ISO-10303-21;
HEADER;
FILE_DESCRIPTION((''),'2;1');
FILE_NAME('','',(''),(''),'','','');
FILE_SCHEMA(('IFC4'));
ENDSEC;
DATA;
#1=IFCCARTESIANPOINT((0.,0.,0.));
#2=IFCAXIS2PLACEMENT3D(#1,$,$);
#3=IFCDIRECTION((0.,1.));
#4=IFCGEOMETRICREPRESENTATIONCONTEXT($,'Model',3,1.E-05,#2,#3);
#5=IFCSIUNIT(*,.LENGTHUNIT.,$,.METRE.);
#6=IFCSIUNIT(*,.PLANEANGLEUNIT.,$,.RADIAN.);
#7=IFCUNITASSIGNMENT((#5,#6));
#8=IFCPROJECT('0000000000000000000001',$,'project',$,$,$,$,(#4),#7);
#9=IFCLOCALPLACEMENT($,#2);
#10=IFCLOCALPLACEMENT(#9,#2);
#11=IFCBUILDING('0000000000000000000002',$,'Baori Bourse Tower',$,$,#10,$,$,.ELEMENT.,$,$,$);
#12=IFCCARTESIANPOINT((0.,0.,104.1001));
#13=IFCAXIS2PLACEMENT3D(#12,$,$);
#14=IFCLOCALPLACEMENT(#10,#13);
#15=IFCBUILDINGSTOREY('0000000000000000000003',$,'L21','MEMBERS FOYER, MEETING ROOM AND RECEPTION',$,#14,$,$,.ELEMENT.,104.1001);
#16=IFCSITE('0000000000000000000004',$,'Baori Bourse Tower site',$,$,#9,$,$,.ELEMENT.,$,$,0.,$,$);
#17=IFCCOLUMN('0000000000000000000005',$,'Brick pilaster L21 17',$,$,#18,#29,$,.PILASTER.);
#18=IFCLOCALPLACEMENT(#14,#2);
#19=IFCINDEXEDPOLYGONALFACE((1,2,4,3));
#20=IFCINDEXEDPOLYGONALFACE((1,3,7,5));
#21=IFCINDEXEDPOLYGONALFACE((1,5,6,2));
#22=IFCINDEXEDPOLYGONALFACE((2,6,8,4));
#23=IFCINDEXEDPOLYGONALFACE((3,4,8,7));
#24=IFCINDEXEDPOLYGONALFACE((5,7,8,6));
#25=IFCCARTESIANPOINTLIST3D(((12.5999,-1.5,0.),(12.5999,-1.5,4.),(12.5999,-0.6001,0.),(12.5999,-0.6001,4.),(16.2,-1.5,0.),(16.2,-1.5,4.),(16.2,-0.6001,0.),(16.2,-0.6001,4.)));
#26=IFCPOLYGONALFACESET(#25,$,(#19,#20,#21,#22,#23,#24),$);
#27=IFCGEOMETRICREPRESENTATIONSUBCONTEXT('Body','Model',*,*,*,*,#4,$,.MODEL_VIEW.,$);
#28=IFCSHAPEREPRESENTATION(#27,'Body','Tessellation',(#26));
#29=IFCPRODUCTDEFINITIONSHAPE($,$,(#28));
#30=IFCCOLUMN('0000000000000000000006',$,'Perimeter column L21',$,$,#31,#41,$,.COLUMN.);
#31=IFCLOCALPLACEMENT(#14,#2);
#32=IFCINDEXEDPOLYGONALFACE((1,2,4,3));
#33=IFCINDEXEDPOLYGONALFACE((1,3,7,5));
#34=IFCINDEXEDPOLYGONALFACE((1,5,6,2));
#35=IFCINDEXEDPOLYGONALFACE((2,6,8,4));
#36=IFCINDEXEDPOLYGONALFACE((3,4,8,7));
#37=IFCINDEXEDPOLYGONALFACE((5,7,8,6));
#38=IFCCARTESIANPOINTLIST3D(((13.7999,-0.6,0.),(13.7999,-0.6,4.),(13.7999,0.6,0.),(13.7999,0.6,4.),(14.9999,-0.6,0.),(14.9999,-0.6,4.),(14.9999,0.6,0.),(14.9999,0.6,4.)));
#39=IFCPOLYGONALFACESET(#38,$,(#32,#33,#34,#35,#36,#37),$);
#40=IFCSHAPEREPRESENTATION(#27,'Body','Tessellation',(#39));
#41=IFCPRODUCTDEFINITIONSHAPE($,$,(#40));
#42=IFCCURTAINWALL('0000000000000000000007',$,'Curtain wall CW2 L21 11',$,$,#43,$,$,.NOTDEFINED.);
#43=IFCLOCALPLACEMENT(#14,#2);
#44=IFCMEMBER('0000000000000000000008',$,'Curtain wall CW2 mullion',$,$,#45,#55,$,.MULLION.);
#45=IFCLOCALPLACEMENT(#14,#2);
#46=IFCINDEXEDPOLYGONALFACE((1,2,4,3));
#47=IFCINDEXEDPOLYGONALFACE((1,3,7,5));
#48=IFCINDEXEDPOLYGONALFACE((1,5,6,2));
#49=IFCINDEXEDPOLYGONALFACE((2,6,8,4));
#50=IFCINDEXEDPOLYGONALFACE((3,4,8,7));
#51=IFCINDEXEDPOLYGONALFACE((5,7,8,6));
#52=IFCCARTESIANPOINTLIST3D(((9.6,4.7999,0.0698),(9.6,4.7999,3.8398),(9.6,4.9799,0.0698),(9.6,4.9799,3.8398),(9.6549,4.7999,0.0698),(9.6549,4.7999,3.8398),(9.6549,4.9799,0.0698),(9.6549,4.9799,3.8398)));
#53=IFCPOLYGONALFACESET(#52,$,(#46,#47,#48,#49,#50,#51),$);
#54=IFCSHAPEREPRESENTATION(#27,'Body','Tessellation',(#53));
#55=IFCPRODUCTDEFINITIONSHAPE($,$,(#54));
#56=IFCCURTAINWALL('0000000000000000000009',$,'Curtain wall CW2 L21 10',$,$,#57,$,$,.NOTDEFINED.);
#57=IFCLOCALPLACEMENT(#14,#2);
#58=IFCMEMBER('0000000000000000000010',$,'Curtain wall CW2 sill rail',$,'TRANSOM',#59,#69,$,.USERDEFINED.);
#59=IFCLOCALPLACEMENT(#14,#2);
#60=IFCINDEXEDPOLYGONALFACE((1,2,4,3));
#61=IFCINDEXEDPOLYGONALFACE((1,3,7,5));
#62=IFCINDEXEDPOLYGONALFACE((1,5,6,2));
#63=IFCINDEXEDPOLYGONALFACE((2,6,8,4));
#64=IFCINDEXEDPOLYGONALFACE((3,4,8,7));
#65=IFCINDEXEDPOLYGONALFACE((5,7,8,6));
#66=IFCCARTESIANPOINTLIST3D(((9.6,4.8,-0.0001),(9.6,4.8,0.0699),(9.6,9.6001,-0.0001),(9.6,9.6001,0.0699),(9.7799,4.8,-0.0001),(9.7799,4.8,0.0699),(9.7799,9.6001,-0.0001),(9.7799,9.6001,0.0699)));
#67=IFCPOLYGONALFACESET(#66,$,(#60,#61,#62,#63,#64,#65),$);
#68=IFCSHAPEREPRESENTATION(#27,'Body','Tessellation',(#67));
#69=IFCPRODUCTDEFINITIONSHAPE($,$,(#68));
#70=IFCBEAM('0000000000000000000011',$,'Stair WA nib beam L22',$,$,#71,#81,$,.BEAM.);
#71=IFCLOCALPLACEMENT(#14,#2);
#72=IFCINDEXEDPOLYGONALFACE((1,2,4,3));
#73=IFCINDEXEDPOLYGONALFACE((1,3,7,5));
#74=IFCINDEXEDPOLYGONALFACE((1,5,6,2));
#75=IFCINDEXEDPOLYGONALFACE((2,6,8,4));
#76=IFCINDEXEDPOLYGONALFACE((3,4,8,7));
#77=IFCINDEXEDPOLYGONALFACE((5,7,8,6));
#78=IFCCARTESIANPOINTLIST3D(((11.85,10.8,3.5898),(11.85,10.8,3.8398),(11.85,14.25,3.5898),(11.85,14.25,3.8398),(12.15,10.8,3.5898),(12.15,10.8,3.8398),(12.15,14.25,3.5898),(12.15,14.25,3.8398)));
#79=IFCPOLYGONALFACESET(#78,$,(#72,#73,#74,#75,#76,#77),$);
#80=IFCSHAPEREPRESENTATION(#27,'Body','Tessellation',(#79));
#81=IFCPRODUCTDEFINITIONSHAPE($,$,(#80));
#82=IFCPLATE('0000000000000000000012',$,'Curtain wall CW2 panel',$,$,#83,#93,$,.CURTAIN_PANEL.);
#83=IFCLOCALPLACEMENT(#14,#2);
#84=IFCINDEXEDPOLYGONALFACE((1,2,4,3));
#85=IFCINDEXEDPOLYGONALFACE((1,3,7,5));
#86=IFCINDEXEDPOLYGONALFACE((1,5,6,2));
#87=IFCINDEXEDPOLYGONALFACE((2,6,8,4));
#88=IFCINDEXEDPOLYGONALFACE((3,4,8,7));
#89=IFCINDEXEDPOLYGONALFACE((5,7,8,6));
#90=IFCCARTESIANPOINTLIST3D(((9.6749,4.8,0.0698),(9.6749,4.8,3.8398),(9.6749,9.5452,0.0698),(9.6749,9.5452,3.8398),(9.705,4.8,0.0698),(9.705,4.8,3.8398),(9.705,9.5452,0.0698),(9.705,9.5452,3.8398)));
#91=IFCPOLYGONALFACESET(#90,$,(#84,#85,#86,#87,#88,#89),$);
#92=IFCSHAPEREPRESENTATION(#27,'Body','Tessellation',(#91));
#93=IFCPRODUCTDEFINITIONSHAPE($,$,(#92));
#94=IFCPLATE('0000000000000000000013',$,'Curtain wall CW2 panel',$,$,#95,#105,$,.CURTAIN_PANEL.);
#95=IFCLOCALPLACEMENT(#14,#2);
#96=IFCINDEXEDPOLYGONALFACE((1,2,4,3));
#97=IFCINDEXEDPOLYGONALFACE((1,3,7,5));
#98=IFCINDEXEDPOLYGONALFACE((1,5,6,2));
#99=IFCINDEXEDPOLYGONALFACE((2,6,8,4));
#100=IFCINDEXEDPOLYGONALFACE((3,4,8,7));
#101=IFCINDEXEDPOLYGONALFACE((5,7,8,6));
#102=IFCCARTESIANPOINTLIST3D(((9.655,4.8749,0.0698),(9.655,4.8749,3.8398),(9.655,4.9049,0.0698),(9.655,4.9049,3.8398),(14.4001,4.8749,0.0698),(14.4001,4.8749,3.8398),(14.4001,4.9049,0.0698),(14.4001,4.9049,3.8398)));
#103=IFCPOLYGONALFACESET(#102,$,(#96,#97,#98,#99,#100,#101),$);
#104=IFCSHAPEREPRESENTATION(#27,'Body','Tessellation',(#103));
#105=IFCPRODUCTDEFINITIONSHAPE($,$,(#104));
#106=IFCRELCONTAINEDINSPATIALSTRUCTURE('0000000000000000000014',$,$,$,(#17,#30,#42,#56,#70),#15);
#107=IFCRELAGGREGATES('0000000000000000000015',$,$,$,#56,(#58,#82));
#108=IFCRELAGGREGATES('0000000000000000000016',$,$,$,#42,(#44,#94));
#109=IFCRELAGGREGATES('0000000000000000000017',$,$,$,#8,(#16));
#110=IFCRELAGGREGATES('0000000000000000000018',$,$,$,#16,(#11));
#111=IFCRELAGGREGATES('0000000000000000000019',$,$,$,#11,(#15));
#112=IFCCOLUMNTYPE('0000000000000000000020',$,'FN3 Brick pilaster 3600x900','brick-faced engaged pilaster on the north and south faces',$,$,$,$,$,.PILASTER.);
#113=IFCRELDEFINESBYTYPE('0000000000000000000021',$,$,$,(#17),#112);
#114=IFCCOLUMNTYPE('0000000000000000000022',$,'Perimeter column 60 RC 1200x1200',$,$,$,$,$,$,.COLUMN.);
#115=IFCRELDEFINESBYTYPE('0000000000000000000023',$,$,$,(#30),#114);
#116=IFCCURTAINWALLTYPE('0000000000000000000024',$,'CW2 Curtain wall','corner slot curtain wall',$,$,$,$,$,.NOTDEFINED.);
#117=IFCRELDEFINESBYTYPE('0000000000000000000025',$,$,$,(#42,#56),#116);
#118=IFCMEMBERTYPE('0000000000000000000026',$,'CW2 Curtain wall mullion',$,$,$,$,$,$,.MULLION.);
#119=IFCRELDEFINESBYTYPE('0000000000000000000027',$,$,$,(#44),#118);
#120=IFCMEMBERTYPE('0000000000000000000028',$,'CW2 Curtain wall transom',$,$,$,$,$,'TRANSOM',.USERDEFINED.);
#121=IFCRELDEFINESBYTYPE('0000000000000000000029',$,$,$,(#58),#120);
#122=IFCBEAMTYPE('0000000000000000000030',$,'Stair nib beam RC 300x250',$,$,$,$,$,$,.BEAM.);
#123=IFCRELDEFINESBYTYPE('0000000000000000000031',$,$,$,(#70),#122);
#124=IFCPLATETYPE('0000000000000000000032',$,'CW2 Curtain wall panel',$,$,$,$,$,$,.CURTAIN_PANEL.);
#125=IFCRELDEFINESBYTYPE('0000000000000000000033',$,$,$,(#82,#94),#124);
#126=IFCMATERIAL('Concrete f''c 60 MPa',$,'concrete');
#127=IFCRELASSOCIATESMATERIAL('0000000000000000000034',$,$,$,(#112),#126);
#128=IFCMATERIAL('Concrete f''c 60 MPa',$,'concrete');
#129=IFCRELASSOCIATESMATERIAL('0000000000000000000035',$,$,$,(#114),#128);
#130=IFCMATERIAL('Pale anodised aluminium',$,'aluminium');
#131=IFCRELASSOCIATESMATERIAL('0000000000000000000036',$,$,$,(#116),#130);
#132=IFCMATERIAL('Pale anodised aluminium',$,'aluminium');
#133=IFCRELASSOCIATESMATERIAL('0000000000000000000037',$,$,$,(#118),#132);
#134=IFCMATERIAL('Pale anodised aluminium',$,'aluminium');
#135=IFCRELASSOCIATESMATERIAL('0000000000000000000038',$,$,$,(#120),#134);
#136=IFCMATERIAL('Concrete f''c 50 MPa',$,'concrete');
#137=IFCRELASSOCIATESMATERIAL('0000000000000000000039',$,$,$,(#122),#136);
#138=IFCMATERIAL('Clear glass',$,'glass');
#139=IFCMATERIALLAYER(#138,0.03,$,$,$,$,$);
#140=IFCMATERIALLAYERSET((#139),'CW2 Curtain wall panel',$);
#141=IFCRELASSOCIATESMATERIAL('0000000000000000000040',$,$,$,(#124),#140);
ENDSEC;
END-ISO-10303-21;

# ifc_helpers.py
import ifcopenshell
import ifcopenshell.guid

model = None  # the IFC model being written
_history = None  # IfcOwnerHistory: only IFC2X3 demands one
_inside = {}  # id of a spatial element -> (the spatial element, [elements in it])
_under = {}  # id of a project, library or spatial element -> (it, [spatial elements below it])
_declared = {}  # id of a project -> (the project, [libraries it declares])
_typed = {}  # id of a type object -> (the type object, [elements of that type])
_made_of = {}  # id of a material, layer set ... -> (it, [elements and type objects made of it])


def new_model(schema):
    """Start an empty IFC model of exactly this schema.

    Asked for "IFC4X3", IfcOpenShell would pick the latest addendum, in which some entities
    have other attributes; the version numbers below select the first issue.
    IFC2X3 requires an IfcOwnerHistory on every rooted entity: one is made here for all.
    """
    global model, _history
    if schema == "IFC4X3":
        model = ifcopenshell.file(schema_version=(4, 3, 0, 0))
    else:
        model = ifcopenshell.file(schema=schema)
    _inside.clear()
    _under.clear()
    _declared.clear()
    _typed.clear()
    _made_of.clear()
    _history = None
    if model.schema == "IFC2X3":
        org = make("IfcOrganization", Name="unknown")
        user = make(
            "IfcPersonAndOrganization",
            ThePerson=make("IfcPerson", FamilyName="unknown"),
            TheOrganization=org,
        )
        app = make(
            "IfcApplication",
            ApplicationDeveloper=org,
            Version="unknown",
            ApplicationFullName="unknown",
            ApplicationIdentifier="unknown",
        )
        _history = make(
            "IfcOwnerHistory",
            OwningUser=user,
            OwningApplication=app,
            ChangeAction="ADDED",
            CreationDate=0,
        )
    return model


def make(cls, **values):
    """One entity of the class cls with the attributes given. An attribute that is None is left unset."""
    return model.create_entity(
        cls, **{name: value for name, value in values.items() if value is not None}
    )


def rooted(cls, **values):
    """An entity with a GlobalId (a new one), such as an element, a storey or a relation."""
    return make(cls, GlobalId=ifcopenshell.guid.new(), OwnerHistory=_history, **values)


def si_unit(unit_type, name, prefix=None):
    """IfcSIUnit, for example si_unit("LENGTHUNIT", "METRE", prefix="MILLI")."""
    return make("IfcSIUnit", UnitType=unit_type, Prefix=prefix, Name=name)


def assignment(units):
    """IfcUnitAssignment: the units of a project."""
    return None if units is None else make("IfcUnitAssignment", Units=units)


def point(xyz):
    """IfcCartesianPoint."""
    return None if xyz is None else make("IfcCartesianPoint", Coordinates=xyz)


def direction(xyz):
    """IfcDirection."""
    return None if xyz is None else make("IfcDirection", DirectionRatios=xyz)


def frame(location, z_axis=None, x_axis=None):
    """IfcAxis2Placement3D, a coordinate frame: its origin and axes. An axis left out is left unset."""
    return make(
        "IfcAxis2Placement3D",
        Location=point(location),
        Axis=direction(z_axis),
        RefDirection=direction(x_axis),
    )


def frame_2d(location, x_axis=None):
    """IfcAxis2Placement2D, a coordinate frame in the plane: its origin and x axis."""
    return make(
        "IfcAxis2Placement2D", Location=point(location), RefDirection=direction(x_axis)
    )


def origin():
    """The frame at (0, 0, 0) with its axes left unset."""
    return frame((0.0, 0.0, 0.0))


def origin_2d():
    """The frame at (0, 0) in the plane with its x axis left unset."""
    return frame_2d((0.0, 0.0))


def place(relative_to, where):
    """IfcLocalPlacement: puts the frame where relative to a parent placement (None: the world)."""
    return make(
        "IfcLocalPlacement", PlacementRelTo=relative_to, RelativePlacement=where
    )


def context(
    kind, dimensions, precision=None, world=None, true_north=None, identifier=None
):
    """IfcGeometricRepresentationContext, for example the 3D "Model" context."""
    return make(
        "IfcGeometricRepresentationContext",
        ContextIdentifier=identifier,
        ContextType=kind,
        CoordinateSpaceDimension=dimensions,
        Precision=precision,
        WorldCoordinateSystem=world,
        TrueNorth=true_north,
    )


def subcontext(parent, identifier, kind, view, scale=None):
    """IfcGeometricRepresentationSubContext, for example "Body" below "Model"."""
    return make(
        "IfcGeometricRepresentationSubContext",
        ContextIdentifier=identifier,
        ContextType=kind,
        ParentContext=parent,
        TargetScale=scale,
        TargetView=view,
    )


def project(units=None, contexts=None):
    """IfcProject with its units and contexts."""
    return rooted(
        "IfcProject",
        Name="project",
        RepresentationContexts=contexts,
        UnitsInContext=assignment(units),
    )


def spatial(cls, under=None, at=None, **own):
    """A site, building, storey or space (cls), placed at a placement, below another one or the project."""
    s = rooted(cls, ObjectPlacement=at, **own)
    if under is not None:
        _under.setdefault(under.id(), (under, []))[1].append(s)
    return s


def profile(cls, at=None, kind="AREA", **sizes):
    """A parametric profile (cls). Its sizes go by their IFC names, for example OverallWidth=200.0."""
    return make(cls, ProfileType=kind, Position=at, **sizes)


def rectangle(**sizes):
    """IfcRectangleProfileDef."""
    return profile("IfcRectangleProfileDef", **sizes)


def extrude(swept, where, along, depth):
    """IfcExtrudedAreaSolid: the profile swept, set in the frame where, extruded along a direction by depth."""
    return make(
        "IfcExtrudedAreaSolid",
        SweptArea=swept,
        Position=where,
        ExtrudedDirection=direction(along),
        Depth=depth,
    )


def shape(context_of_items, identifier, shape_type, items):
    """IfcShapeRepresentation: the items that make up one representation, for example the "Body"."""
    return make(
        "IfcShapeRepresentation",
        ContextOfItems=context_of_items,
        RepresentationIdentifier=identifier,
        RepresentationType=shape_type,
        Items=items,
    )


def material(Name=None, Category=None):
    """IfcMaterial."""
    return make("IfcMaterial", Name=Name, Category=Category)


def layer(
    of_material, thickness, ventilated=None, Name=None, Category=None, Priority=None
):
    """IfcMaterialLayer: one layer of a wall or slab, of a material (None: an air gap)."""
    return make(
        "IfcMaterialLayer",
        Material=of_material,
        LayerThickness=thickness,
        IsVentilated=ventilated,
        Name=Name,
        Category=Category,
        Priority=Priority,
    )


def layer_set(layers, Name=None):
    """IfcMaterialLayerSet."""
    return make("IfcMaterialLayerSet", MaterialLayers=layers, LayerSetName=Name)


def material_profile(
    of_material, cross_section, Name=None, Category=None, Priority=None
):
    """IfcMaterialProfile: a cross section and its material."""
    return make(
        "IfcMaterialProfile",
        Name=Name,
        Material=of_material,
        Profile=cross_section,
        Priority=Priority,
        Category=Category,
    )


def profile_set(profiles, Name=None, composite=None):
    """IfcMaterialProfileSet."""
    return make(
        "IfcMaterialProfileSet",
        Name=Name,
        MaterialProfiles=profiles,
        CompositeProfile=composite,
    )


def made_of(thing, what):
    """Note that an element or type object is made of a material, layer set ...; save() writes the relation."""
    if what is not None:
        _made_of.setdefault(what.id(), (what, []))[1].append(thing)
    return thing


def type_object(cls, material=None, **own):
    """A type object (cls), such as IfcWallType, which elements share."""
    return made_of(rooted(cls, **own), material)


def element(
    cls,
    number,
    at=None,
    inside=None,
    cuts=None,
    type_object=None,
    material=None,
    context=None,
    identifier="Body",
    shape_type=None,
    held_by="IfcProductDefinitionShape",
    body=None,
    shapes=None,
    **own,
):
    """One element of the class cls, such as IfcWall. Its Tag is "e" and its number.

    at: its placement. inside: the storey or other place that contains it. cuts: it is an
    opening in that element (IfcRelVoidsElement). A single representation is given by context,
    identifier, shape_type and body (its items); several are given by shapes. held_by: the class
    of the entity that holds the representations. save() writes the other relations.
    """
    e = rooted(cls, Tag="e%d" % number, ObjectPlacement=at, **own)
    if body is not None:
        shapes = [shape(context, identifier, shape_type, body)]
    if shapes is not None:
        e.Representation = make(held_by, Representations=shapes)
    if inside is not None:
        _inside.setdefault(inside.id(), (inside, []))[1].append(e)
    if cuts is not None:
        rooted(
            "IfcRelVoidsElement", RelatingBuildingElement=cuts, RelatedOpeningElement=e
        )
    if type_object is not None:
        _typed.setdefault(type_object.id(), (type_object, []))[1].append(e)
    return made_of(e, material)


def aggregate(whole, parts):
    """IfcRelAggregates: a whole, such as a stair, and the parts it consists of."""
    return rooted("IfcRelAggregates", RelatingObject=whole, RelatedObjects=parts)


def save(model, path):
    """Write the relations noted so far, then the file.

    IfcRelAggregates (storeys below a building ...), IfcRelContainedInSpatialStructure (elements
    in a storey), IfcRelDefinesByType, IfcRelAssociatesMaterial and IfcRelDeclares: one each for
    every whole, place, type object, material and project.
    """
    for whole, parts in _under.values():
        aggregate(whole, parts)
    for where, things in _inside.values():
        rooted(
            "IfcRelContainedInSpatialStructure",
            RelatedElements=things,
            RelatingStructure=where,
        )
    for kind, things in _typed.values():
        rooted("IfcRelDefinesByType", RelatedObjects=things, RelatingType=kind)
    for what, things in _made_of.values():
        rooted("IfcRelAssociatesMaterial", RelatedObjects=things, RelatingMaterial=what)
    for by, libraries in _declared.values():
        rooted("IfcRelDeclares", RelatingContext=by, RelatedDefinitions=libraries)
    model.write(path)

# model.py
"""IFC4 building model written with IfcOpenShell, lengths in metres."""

from ifc_helpers import new_model, si_unit, direction, frame, origin, origin_2d, place, context, subcontext, project, spatial, rectangle, extrude, material, layer, layer_set, material_profile, profile_set, type_object, element, aggregate, save


model = new_model("IFC4")

# Units and contexts
model_context = context("Model", 3, precision=1e-05, world=origin(), true_north=direction((0.0, 1.0)))
body_context = subcontext(model_context, "Body", "Model", "MODEL_VIEW")
ifc_project = project(units=[si_unit("LENGTHUNIT", "METRE"), si_unit("PLANEANGLEUNIT", "RADIAN")], contexts=[model_context])

# Site, building, storey
site_placement = place(None, origin())
site = spatial("IfcSite", under=ifc_project, at=site_placement, Name="Baori Bourse Tower site", CompositionType="ELEMENT", RefElevation=0.0)
building_placement = place(site_placement, origin())
building = spatial("IfcBuilding", under=site, at=building_placement, Name="Baori Bourse Tower", CompositionType="ELEMENT")
storey_placement = place(building_placement, frame((0.0, 0.0, 104.1001)))
storey = spatial("IfcBuildingStorey", under=building, at=storey_placement, Name="L21", Description="MEMBERS FOYER, MEETING ROOM AND RECEPTION", CompositionType="ELEMENT", Elevation=104.1001)

# Columns
ifc_material_1 = material(Name="Concrete f'c 60 MPa", Category="concrete")
ifc_material_profile_1 = material_profile(ifc_material_1, rectangle(XDim=3.6001, YDim=0.8999, at=origin_2d()), Name="RC 3600x900")
ifc_profile_set_1 = profile_set([ifc_material_profile_1], Name="Concrete f'c 60 MPa")
column_type_1 = type_object("IfcColumnType", Name="FN3 Brick pilaster 3600x900", Description="brick-faced engaged pilaster on the north and south faces", PredefinedType="PILASTER", material=ifc_profile_set_1)
column_1_placement = place(storey_placement, frame((14.3999, -1.05, 0.0), z_axis=(0.0, 0.0, 1.0), x_axis=(1.0, 0.0, 0.0)))
element("IfcColumn", 1, at=column_1_placement, inside=storey, type_object=column_type_1, Name="Brick pilaster L21 17", PredefinedType="PILASTER", context=body_context, shape_type="SweptSolid", body=[
    extrude(rectangle(XDim=3.6001, YDim=0.8999, at=origin_2d()), origin(), (0.0, 0.0, 1.0), 4.0),
])
ifc_material_2 = material(Name="Concrete f'c 60 MPa", Category="concrete")
ifc_material_profile_2 = material_profile(ifc_material_2, rectangle(XDim=1.2, YDim=1.2, at=origin_2d()), Name="RC 1200x1200")
ifc_profile_set_2 = profile_set([ifc_material_profile_2], Name="Concrete f'c 60 MPa")
column_type_2 = type_object("IfcColumnType", Name="Perimeter column 60 RC 1200x1200", PredefinedType="COLUMN", material=ifc_profile_set_2)
column_2_placement = place(storey_placement, frame((14.3999, 0.0, 0.0), z_axis=(0.0, 0.0, 1.0), x_axis=(1.0, 0.0, 0.0)))
element("IfcColumn", 2, at=column_2_placement, inside=storey, type_object=column_type_2, Name="Perimeter column L21", PredefinedType="COLUMN", context=body_context, shape_type="SweptSolid", body=[
    extrude(rectangle(XDim=1.2, YDim=1.2, at=origin_2d()), origin(), (0.0, 0.0, 1.0), 4.0),
])

# Curtain walls, members
ifc_material_3 = material(Name="Pale anodised aluminium", Category="aluminium")
curtain_wall_type = type_object("IfcCurtainWallType", Name="CW2 Curtain wall", Description="corner slot curtain wall", PredefinedType="NOTDEFINED", material=ifc_material_3)
curtain_wall_1_placement = place(storey_placement, origin())
curtain_wall_1 = element("IfcCurtainWall", 3, at=curtain_wall_1_placement, inside=storey, type_object=curtain_wall_type, Name="Curtain wall CW2 L21 11", PredefinedType="NOTDEFINED")
ifc_material_4 = material(Name="Pale anodised aluminium", Category="aluminium")
ifc_material_profile_3 = material_profile(ifc_material_4, rectangle(XDim=0.1799, YDim=0.0549, at=origin_2d()), Name="Mullion 55x180")
ifc_profile_set_3 = profile_set([ifc_material_profile_3], Name="Pale anodised aluminium")
member_type_1 = type_object("IfcMemberType", Name="CW2 Curtain wall mullion", PredefinedType="MULLION", material=ifc_profile_set_3)
member_1_placement = place(storey_placement, frame((9.6274, 4.8899, 0.0698), z_axis=(0.0, 0.0, 1.0), x_axis=(0.0, 1.0, 0.0)))
member_1 = element("IfcMember", 4, at=member_1_placement, type_object=member_type_1, Name="Curtain wall CW2 mullion", PredefinedType="MULLION", context=body_context, shape_type="SweptSolid", body=[
    extrude(rectangle(XDim=0.1799, YDim=0.0549, at=origin_2d()), origin(), (0.0, 0.0, 1.0), 3.77),
])
curtain_wall_2_placement = place(storey_placement, origin())
curtain_wall_2 = element("IfcCurtainWall", 5, at=curtain_wall_2_placement, inside=storey, type_object=curtain_wall_type, Name="Curtain wall CW2 L21 10", PredefinedType="NOTDEFINED")
ifc_material_5 = material(Name="Pale anodised aluminium", Category="aluminium")
ifc_material_profile_4 = material_profile(ifc_material_5, rectangle(XDim=0.1799, YDim=0.0701, at=origin_2d()), Name="Transom 70x180")
ifc_profile_set_4 = profile_set([ifc_material_profile_4], Name="Pale anodised aluminium")
member_type_2 = type_object("IfcMemberType", Name="CW2 Curtain wall transom", ElementType="TRANSOM", PredefinedType="USERDEFINED", material=ifc_profile_set_4)
member_2_placement = place(storey_placement, frame((9.6899, 9.6001, 0.0349), z_axis=(0.0, -1.0, 0.0), x_axis=(1.0, 0.0, 0.0)))
member_2 = element("IfcMember", 6, at=member_2_placement, type_object=member_type_2, Name="Curtain wall CW2 sill rail", ObjectType="TRANSOM", PredefinedType="USERDEFINED", context=body_context, shape_type="SweptSolid", body=[
    extrude(rectangle(XDim=0.1799, YDim=0.0701, at=origin_2d()), origin(), (0.0, 0.0, 1.0), 4.8),
])

# Beam
ifc_material_6 = material(Name="Concrete f'c 50 MPa", Category="concrete")
ifc_material_profile_5 = material_profile(ifc_material_6, rectangle(XDim=0.3, YDim=0.25, at=origin_2d()), Name="RC 300x250")
ifc_profile_set_5 = profile_set([ifc_material_profile_5], Name="Concrete f'c 50 MPa")
beam_type = type_object("IfcBeamType", Name="Stair nib beam RC 300x250", PredefinedType="BEAM", material=ifc_profile_set_5)
beam_placement = place(storey_placement, frame((12.0, 10.8, 3.7148), z_axis=(0.0, 1.0, 0.0), x_axis=(-1.0, 0.0, 0.0)))
element("IfcBeam", 7, at=beam_placement, inside=storey, type_object=beam_type, Name="Stair WA nib beam L22", PredefinedType="BEAM", context=body_context, shape_type="SweptSolid", body=[
    extrude(rectangle(XDim=0.3, YDim=0.25, at=origin_2d()), origin(), (0.0, 0.0, 1.0), 3.45),
])

# Plates
ifc_material_7 = material(Name="Clear glass", Category="glass")
ifc_layer_1 = layer(ifc_material_7, 0.03)
ifc_layer_set_1 = layer_set([ifc_layer_1], Name="CW2 Curtain wall panel")
plate_type = type_object("IfcPlateType", Name="CW2 Curtain wall panel", PredefinedType="CURTAIN_PANEL", material=ifc_layer_set_1)
plate_1_placement = place(storey_placement, frame((9.6899, 7.1726, 0.0698), z_axis=(0.0, 0.0, 1.0), x_axis=(0.0, -1.0, 0.0)))
plate_1 = element("IfcPlate", 8, at=plate_1_placement, type_object=plate_type, Name="Curtain wall CW2 panel", PredefinedType="CURTAIN_PANEL", context=body_context, shape_type="SweptSolid", body=[
    extrude(rectangle(XDim=4.7451, YDim=0.03, at=origin_2d()), origin(), (0.0, 0.0, 1.0), 3.77),
])
aggregate(curtain_wall_2, [member_2, plate_1])
plate_2_placement = place(storey_placement, frame((12.0276, 4.8899, 0.0698), z_axis=(0.0, 0.0, 1.0), x_axis=(1.0, 0.0, 0.0)))
plate_2 = element("IfcPlate", 9, at=plate_2_placement, type_object=plate_type, Name="Curtain wall CW2 panel", PredefinedType="CURTAIN_PANEL", context=body_context, shape_type="SweptSolid", body=[
    extrude(rectangle(XDim=4.7451, YDim=0.03, at=origin_2d()), origin(), (0.0, 0.0, 1.0), 3.77),
])
aggregate(curtain_wall_1, [member_1, plate_2])

save(model, "model.ifc")
